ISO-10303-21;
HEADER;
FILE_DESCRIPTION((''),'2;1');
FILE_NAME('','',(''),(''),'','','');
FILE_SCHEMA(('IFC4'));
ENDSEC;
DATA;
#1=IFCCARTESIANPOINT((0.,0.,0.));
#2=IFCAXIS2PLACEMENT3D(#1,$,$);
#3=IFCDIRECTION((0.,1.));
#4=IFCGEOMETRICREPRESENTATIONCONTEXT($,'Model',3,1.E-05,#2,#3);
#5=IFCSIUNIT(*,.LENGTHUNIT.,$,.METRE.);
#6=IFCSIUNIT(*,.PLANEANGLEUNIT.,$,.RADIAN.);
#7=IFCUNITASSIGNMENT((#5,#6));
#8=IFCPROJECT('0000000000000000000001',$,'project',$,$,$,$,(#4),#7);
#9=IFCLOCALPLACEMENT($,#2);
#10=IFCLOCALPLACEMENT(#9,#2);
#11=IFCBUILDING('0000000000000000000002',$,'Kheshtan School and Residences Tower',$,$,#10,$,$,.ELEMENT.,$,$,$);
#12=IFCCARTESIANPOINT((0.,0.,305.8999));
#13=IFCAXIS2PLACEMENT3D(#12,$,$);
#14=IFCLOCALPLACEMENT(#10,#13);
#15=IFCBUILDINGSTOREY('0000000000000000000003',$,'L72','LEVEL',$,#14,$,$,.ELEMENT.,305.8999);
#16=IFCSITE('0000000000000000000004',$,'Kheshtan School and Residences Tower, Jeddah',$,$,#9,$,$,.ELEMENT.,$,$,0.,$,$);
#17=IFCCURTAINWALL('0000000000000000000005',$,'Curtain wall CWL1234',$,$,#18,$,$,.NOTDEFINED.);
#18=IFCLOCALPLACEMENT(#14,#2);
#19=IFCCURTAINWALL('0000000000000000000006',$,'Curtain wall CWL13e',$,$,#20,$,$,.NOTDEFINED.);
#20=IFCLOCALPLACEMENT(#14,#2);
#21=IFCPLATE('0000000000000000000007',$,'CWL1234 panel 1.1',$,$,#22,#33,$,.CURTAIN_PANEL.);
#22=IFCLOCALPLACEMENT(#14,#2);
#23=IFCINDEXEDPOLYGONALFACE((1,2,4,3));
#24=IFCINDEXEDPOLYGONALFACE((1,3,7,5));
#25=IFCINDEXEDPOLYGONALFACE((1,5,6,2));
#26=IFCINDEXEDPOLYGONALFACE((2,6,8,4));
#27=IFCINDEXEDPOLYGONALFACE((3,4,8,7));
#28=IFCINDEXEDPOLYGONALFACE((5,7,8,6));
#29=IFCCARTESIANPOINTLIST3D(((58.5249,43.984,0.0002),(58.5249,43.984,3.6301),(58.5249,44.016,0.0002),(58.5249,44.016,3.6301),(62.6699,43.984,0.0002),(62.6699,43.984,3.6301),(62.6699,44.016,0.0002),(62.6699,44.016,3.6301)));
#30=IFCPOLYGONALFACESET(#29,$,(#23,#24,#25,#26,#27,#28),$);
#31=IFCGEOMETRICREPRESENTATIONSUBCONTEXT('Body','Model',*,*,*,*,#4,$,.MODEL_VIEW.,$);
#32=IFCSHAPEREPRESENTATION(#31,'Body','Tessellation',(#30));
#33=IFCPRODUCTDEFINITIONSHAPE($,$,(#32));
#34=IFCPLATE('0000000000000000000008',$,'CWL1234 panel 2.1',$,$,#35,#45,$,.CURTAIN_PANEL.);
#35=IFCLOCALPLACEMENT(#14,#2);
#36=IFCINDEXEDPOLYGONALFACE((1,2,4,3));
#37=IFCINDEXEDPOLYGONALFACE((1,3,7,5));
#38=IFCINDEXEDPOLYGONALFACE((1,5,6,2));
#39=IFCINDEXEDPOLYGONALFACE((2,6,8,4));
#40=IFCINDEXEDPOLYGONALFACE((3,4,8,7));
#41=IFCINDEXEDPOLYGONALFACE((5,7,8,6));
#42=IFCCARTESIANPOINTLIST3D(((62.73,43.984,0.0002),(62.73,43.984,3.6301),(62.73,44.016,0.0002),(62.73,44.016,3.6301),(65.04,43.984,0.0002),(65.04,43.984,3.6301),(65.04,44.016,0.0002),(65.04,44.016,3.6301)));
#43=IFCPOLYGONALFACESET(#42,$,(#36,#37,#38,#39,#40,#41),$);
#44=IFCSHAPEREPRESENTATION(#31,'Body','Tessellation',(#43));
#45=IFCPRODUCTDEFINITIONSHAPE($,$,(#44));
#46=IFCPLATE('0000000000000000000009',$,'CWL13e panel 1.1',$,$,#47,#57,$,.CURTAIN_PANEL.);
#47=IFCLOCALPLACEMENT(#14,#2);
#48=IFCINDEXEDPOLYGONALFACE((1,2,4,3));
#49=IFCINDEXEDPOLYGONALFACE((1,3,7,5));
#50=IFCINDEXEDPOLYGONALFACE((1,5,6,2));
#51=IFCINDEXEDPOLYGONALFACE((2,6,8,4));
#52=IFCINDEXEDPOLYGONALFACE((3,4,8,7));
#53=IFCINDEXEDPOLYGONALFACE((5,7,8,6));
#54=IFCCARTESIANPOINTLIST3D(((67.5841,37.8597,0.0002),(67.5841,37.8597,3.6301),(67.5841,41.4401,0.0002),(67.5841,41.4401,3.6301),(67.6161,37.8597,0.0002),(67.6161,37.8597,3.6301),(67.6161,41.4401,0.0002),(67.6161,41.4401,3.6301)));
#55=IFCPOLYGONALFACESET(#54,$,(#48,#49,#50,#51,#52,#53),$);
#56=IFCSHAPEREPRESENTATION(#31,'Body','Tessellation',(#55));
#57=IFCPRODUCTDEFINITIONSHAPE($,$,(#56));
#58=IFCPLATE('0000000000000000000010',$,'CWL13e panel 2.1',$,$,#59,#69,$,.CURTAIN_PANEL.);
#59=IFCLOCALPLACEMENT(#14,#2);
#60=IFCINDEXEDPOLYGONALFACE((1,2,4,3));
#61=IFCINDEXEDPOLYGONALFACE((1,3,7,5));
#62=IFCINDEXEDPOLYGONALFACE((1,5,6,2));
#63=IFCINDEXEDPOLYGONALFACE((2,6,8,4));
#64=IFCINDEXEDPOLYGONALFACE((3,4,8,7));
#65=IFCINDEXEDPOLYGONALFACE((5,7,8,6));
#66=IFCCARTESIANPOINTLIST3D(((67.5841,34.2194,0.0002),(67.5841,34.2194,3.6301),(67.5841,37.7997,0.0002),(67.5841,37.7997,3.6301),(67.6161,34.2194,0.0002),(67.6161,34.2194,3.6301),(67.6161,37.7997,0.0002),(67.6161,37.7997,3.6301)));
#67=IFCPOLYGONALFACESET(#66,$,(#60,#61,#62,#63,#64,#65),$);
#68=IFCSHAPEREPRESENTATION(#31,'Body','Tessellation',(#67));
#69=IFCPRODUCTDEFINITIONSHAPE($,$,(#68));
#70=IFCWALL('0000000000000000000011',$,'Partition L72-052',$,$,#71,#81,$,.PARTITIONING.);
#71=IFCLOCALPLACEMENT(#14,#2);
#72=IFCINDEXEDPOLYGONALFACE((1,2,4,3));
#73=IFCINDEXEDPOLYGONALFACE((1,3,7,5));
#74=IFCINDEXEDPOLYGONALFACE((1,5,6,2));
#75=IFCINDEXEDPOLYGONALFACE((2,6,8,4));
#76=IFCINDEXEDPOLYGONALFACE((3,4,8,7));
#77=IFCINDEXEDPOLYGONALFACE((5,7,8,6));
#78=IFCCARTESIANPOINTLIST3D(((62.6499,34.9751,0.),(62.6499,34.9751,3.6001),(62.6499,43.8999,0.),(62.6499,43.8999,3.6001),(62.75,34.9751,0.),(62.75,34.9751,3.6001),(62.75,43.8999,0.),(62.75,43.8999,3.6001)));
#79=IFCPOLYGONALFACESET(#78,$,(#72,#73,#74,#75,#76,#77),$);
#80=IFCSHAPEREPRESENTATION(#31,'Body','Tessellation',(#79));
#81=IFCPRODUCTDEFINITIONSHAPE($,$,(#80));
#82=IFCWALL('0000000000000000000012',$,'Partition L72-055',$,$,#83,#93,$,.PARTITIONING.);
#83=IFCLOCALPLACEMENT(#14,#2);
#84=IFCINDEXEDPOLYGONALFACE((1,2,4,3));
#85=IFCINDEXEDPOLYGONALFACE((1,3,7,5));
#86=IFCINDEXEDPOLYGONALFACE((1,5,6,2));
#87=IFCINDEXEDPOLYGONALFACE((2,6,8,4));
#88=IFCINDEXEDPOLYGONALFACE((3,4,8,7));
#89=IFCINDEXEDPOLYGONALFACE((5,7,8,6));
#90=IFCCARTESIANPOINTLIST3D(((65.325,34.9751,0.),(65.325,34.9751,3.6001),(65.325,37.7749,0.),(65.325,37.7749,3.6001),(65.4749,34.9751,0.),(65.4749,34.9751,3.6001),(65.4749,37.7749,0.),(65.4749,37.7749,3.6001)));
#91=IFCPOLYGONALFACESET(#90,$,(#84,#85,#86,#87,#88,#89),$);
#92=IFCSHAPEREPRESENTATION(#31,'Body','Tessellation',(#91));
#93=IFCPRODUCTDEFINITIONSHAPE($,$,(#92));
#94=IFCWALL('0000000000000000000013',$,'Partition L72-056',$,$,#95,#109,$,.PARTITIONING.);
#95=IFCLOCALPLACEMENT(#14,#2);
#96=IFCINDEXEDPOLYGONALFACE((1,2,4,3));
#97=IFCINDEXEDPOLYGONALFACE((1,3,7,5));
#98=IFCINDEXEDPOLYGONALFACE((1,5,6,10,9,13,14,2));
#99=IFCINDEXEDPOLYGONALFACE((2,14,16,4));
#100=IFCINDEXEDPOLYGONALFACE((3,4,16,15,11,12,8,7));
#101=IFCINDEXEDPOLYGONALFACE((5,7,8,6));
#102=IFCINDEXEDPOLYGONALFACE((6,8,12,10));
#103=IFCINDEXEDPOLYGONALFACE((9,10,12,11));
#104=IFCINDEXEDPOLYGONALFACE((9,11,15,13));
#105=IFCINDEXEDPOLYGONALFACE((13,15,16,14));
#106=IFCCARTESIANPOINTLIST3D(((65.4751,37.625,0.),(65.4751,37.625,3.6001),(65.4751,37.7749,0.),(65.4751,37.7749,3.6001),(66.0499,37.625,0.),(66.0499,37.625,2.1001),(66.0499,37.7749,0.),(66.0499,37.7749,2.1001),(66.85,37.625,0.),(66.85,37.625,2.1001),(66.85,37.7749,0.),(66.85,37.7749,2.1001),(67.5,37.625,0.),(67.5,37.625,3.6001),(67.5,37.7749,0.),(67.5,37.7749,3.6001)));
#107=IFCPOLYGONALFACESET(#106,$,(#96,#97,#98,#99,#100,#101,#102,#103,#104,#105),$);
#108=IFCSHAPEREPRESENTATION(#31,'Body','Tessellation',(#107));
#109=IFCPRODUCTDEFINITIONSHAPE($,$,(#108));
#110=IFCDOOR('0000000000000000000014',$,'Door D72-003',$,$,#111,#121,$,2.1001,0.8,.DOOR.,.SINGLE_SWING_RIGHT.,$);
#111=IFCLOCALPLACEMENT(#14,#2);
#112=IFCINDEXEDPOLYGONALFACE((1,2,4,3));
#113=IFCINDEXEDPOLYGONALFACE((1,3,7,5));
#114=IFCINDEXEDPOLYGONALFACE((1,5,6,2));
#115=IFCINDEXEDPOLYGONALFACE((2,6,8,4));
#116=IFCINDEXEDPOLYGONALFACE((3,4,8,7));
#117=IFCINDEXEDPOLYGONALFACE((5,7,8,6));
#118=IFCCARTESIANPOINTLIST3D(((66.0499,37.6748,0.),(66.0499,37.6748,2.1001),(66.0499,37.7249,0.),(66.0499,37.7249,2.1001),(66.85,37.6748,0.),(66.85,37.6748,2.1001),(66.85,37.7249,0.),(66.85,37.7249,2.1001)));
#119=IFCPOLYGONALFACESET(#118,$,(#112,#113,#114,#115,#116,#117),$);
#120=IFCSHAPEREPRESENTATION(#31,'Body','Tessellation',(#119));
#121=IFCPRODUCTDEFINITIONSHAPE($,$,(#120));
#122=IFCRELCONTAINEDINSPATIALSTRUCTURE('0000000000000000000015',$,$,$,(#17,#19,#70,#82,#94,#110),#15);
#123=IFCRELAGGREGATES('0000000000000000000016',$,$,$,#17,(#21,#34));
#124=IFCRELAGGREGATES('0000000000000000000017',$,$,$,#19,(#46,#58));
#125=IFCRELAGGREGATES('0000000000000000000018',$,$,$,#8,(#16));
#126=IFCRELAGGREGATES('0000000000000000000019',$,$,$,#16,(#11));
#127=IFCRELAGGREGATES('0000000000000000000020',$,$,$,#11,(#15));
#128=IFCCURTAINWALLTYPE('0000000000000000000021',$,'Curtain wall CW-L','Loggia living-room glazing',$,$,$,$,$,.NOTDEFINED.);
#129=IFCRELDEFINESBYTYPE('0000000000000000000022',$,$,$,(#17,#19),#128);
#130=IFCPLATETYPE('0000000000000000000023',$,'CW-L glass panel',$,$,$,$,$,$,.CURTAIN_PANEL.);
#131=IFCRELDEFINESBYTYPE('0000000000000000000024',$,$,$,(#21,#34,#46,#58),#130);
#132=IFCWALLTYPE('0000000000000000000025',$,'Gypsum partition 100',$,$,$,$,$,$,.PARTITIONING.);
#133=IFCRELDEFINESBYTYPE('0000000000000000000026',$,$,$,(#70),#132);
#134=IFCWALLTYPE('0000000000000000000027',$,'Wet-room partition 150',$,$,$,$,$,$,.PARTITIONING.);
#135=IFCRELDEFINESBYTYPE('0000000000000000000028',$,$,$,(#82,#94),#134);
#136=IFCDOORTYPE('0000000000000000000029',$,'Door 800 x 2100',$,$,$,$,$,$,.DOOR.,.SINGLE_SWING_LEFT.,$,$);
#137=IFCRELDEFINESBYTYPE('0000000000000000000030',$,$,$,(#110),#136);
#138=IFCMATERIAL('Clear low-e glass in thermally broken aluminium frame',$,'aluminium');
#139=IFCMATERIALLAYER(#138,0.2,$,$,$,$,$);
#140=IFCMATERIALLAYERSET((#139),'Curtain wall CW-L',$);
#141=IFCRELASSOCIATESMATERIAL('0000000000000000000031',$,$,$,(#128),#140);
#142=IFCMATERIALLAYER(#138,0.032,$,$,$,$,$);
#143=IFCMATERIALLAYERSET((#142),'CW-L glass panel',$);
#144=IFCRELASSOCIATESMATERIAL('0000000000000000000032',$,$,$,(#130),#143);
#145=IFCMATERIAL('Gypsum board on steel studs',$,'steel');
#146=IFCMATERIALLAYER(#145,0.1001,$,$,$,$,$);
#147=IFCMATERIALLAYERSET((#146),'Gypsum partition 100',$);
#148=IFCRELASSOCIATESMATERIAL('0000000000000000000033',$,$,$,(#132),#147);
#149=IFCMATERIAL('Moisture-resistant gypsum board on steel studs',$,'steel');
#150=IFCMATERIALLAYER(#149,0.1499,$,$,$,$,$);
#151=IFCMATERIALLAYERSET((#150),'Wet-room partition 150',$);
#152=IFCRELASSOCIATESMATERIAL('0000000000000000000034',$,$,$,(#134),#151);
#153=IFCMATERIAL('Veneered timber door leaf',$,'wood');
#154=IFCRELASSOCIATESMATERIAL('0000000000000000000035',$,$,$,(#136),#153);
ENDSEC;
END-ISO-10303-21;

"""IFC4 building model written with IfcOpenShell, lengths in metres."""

from ifc_helpers import new_model, si_unit, direction, frame, frame_2d, origin, origin_2d, place, context, subcontext, project, spatial, rectangle, extrude, source, transform, mapped, material, layer, layer_set, type_object, element, fill, aggregate, save


model = new_model("IFC4")

# Units and contexts
model_context = context("Model", 3, precision=1e-05, world=origin(), true_north=direction((0.0, 1.0)))
body_context = subcontext(model_context, "Body", "Model", "MODEL_VIEW")
ifc_project = project(units=[si_unit("LENGTHUNIT", "METRE"), si_unit("PLANEANGLEUNIT", "RADIAN")], contexts=[model_context])

# Site, building, storey
site_placement = place(None, origin())
site = spatial("IfcSite", under=ifc_project, at=site_placement, Name="Kheshtan School and Residences Tower, Jeddah", CompositionType="ELEMENT", RefElevation=0.0)
building_placement = place(site_placement, origin())
building = spatial("IfcBuilding", under=site, at=building_placement, Name="Kheshtan School and Residences Tower", CompositionType="ELEMENT")
storey_placement = place(building_placement, frame((0.0, 0.0, 305.8999)))
storey = spatial("IfcBuildingStorey", under=building, at=storey_placement, Name="L72", Description="LEVEL", CompositionType="ELEMENT", Elevation=305.8999)

# Curtain walls
ifc_material_1 = material(Name="Clear low-e glass in thermally broken aluminium frame", Category="aluminium")
ifc_layer_1 = layer(ifc_material_1, 0.2)
ifc_layer_set_1 = layer_set([ifc_layer_1], Name="Curtain wall CW-L")
curtain_wall_type = type_object("IfcCurtainWallType", Name="Curtain wall CW-L", Description="Loggia living-room glazing", PredefinedType="NOTDEFINED", material=ifc_layer_set_1)
curtain_wall_1_placement = place(storey_placement, origin())
curtain_wall_1 = element("IfcCurtainWall", 1, at=curtain_wall_1_placement, inside=storey, type_object=curtain_wall_type, Name="Curtain wall CWL1234", PredefinedType="NOTDEFINED")
curtain_wall_2_placement = place(storey_placement, origin())
curtain_wall_2 = element("IfcCurtainWall", 2, at=curtain_wall_2_placement, inside=storey, type_object=curtain_wall_type, Name="Curtain wall CWL13e", PredefinedType="NOTDEFINED")

# Plates
ifc_layer_2 = layer(ifc_material_1, 0.032)
ifc_layer_set_2 = layer_set([ifc_layer_2], Name="CW-L glass panel")
plate_type = type_object("IfcPlateType", Name="CW-L glass panel", PredefinedType="CURTAIN_PANEL", material=ifc_layer_set_2)
plate_1_placement = place(storey_placement, frame((60.5974, 44.0, 0.0002), z_axis=(0.0, 0.0, 1.0), x_axis=(1.0, 0.0, 0.0)))
plate_1 = element("IfcPlate", 3, at=plate_1_placement, type_object=plate_type, Name="CWL1234 panel 1.1", PredefinedType="CURTAIN_PANEL", context=body_context, shape_type="SweptSolid", body=[
    extrude(rectangle(XDim=4.145, YDim=0.032, at=origin_2d()), origin(), (0.0, 0.0, 1.0), 3.6299),
])
plate_2_placement = place(storey_placement, frame((63.885, 44.0, 0.0002), z_axis=(0.0, 0.0, 1.0), x_axis=(1.0, 0.0, 0.0)))
plate_2 = element("IfcPlate", 4, at=plate_2_placement, type_object=plate_type, Name="CWL1234 panel 2.1", PredefinedType="CURTAIN_PANEL", context=body_context, shape_type="SweptSolid", body=[
    extrude(rectangle(XDim=2.3101, YDim=0.032, at=origin_2d()), origin(), (0.0, 0.0, 1.0), 3.6299),
])
aggregate(curtain_wall_1, [plate_1, plate_2])
plate_3_placement = place(storey_placement, frame((67.6001, 39.6499, 0.0002), z_axis=(0.0, 0.0, 1.0), x_axis=(0.0, -1.0, 0.0)))
plate_3 = element("IfcPlate", 5, at=plate_3_placement, type_object=plate_type, Name="CWL13e panel 1.1", PredefinedType="CURTAIN_PANEL", context=body_context, shape_type="SweptSolid", body=[
    extrude(rectangle(XDim=3.5803, YDim=0.032, at=origin_2d()), origin(), (0.0, 0.0, 1.0), 3.6299),
])
plate_4_placement = place(storey_placement, frame((67.6001, 36.0095, 0.0002), z_axis=(0.0, 0.0, 1.0), x_axis=(0.0, -1.0, 0.0)))
plate_4 = element("IfcPlate", 6, at=plate_4_placement, type_object=plate_type, Name="CWL13e panel 2.1", PredefinedType="CURTAIN_PANEL", context=body_context, shape_type="SweptSolid", body=[
    extrude(rectangle(XDim=3.5803, YDim=0.032, at=origin_2d()), origin(), (0.0, 0.0, 1.0), 3.6299),
])
aggregate(curtain_wall_2, [plate_3, plate_4])

# Walls
ifc_material_2 = material(Name="Gypsum board on steel studs", Category="steel")
ifc_layer_3 = layer(ifc_material_2, 0.1001)
ifc_layer_set_3 = layer_set([ifc_layer_3], Name="Gypsum partition 100")
wall_type_1 = type_object("IfcWallType", Name="Gypsum partition 100", PredefinedType="PARTITIONING", material=ifc_layer_set_3)
wall_1_placement = place(storey_placement, frame((62.7, 34.9751, 0.0), z_axis=(0.0, 0.0, 1.0), x_axis=(0.0, 1.0, 0.0)))
element("IfcWall", 7, at=wall_1_placement, inside=storey, type_object=wall_type_1, Name="Partition L72-052", PredefinedType="PARTITIONING", context=body_context, shape_type="SweptSolid", body=[
    extrude(rectangle(XDim=8.9248, YDim=0.1001, at=frame_2d((4.4624, 0.0))), origin(), (0.0, 0.0, 1.0), 3.6001),
])
ifc_material_3 = material(Name="Moisture-resistant gypsum board on steel studs", Category="steel")
ifc_layer_4 = layer(ifc_material_3, 0.1499)
ifc_layer_set_4 = layer_set([ifc_layer_4], Name="Wet-room partition 150")
wall_type_2 = type_object("IfcWallType", Name="Wet-room partition 150", PredefinedType="PARTITIONING", material=ifc_layer_set_4)
wall_2_placement = place(storey_placement, frame((65.3999, 34.9751, 0.0), z_axis=(0.0, 0.0, 1.0), x_axis=(0.0, 1.0, 0.0)))
element("IfcWall", 8, at=wall_2_placement, inside=storey, type_object=wall_type_2, Name="Partition L72-055", PredefinedType="PARTITIONING", context=body_context, shape_type="SweptSolid", body=[
    extrude(rectangle(XDim=2.7998, YDim=0.1499, at=frame_2d((1.3999, 0.0))), origin(), (0.0, 0.0, 1.0), 3.6001),
])

# Wall, opening, door
wall_3_placement = place(storey_placement, frame((65.4751, 37.7, 0.0), z_axis=(0.0, 0.0, 1.0), x_axis=(1.0, 0.0, 0.0)))
wall_3 = element("IfcWall", 9, at=wall_3_placement, inside=storey, type_object=wall_type_2, Name="Partition L72-056", PredefinedType="PARTITIONING", context=body_context, shape_type="SweptSolid", body=[
    extrude(rectangle(XDim=2.0249, YDim=0.1499, at=frame_2d((1.0125, 0.0))), origin(), (0.0, 0.0, 1.0), 3.6001),
])
opening_1_placement = place(wall_3_placement, frame((0.575, 0.0, 0.0)))
opening_1 = element("IfcOpeningElement", 10, at=opening_1_placement, cuts=wall_3, PredefinedType="OPENING", context=body_context, shape_type="SweptSolid", body=[
    extrude(rectangle(XDim=0.8, YDim=2.1001, at=frame_2d((0.3999, 1.05))), frame((0.0, 0.085, 0.0), z_axis=(0.0, -1.0, 0.0), x_axis=(1.0, 0.0, 0.0)), (0.0, 0.0, 1.0), 0.1699),
])
ifc_material_4 = material(Name="Veneered timber door leaf", Category="wood")
door_type_1 = type_object("IfcDoorType", Name="Door 800 x 2100", OperationType="SINGLE_SWING_LEFT", PredefinedType="DOOR", material=ifc_material_4)
shared_shape_1 = source(origin(), body_context, "Body", "SweptSolid", [
    extrude(rectangle(XDim=0.8, YDim=2.1001, at=frame_2d((0.3999, 1.05))), frame((0.0, 0.0249, 0.0), z_axis=(0.0, -1.0, 0.0), x_axis=(1.0, 0.0, 0.0)), (0.0, 0.0, 1.0), 0.05),
])
door_1_placement = place(opening_1_placement, origin())
door_1 = element("IfcDoor", 11, at=door_1_placement, inside=storey, type_object=door_type_1, Name="Door D72-003", OperationType="SINGLE_SWING_RIGHT", OverallHeight=2.1001, OverallWidth=0.8, PredefinedType="DOOR", context=body_context, shape_type="MappedRepresentation", body=[
    mapped(shared_shape_1, transform((0.0, 0.0, 0.0), x_axis=(1.0, 0.0, 0.0), y_axis=(0.0, 1.0, 0.0), z_axis=(0.0, 0.0, 1.0), scale=1.0)),
])
fill(opening_1, door_1)

save(model, "model.ifc")
